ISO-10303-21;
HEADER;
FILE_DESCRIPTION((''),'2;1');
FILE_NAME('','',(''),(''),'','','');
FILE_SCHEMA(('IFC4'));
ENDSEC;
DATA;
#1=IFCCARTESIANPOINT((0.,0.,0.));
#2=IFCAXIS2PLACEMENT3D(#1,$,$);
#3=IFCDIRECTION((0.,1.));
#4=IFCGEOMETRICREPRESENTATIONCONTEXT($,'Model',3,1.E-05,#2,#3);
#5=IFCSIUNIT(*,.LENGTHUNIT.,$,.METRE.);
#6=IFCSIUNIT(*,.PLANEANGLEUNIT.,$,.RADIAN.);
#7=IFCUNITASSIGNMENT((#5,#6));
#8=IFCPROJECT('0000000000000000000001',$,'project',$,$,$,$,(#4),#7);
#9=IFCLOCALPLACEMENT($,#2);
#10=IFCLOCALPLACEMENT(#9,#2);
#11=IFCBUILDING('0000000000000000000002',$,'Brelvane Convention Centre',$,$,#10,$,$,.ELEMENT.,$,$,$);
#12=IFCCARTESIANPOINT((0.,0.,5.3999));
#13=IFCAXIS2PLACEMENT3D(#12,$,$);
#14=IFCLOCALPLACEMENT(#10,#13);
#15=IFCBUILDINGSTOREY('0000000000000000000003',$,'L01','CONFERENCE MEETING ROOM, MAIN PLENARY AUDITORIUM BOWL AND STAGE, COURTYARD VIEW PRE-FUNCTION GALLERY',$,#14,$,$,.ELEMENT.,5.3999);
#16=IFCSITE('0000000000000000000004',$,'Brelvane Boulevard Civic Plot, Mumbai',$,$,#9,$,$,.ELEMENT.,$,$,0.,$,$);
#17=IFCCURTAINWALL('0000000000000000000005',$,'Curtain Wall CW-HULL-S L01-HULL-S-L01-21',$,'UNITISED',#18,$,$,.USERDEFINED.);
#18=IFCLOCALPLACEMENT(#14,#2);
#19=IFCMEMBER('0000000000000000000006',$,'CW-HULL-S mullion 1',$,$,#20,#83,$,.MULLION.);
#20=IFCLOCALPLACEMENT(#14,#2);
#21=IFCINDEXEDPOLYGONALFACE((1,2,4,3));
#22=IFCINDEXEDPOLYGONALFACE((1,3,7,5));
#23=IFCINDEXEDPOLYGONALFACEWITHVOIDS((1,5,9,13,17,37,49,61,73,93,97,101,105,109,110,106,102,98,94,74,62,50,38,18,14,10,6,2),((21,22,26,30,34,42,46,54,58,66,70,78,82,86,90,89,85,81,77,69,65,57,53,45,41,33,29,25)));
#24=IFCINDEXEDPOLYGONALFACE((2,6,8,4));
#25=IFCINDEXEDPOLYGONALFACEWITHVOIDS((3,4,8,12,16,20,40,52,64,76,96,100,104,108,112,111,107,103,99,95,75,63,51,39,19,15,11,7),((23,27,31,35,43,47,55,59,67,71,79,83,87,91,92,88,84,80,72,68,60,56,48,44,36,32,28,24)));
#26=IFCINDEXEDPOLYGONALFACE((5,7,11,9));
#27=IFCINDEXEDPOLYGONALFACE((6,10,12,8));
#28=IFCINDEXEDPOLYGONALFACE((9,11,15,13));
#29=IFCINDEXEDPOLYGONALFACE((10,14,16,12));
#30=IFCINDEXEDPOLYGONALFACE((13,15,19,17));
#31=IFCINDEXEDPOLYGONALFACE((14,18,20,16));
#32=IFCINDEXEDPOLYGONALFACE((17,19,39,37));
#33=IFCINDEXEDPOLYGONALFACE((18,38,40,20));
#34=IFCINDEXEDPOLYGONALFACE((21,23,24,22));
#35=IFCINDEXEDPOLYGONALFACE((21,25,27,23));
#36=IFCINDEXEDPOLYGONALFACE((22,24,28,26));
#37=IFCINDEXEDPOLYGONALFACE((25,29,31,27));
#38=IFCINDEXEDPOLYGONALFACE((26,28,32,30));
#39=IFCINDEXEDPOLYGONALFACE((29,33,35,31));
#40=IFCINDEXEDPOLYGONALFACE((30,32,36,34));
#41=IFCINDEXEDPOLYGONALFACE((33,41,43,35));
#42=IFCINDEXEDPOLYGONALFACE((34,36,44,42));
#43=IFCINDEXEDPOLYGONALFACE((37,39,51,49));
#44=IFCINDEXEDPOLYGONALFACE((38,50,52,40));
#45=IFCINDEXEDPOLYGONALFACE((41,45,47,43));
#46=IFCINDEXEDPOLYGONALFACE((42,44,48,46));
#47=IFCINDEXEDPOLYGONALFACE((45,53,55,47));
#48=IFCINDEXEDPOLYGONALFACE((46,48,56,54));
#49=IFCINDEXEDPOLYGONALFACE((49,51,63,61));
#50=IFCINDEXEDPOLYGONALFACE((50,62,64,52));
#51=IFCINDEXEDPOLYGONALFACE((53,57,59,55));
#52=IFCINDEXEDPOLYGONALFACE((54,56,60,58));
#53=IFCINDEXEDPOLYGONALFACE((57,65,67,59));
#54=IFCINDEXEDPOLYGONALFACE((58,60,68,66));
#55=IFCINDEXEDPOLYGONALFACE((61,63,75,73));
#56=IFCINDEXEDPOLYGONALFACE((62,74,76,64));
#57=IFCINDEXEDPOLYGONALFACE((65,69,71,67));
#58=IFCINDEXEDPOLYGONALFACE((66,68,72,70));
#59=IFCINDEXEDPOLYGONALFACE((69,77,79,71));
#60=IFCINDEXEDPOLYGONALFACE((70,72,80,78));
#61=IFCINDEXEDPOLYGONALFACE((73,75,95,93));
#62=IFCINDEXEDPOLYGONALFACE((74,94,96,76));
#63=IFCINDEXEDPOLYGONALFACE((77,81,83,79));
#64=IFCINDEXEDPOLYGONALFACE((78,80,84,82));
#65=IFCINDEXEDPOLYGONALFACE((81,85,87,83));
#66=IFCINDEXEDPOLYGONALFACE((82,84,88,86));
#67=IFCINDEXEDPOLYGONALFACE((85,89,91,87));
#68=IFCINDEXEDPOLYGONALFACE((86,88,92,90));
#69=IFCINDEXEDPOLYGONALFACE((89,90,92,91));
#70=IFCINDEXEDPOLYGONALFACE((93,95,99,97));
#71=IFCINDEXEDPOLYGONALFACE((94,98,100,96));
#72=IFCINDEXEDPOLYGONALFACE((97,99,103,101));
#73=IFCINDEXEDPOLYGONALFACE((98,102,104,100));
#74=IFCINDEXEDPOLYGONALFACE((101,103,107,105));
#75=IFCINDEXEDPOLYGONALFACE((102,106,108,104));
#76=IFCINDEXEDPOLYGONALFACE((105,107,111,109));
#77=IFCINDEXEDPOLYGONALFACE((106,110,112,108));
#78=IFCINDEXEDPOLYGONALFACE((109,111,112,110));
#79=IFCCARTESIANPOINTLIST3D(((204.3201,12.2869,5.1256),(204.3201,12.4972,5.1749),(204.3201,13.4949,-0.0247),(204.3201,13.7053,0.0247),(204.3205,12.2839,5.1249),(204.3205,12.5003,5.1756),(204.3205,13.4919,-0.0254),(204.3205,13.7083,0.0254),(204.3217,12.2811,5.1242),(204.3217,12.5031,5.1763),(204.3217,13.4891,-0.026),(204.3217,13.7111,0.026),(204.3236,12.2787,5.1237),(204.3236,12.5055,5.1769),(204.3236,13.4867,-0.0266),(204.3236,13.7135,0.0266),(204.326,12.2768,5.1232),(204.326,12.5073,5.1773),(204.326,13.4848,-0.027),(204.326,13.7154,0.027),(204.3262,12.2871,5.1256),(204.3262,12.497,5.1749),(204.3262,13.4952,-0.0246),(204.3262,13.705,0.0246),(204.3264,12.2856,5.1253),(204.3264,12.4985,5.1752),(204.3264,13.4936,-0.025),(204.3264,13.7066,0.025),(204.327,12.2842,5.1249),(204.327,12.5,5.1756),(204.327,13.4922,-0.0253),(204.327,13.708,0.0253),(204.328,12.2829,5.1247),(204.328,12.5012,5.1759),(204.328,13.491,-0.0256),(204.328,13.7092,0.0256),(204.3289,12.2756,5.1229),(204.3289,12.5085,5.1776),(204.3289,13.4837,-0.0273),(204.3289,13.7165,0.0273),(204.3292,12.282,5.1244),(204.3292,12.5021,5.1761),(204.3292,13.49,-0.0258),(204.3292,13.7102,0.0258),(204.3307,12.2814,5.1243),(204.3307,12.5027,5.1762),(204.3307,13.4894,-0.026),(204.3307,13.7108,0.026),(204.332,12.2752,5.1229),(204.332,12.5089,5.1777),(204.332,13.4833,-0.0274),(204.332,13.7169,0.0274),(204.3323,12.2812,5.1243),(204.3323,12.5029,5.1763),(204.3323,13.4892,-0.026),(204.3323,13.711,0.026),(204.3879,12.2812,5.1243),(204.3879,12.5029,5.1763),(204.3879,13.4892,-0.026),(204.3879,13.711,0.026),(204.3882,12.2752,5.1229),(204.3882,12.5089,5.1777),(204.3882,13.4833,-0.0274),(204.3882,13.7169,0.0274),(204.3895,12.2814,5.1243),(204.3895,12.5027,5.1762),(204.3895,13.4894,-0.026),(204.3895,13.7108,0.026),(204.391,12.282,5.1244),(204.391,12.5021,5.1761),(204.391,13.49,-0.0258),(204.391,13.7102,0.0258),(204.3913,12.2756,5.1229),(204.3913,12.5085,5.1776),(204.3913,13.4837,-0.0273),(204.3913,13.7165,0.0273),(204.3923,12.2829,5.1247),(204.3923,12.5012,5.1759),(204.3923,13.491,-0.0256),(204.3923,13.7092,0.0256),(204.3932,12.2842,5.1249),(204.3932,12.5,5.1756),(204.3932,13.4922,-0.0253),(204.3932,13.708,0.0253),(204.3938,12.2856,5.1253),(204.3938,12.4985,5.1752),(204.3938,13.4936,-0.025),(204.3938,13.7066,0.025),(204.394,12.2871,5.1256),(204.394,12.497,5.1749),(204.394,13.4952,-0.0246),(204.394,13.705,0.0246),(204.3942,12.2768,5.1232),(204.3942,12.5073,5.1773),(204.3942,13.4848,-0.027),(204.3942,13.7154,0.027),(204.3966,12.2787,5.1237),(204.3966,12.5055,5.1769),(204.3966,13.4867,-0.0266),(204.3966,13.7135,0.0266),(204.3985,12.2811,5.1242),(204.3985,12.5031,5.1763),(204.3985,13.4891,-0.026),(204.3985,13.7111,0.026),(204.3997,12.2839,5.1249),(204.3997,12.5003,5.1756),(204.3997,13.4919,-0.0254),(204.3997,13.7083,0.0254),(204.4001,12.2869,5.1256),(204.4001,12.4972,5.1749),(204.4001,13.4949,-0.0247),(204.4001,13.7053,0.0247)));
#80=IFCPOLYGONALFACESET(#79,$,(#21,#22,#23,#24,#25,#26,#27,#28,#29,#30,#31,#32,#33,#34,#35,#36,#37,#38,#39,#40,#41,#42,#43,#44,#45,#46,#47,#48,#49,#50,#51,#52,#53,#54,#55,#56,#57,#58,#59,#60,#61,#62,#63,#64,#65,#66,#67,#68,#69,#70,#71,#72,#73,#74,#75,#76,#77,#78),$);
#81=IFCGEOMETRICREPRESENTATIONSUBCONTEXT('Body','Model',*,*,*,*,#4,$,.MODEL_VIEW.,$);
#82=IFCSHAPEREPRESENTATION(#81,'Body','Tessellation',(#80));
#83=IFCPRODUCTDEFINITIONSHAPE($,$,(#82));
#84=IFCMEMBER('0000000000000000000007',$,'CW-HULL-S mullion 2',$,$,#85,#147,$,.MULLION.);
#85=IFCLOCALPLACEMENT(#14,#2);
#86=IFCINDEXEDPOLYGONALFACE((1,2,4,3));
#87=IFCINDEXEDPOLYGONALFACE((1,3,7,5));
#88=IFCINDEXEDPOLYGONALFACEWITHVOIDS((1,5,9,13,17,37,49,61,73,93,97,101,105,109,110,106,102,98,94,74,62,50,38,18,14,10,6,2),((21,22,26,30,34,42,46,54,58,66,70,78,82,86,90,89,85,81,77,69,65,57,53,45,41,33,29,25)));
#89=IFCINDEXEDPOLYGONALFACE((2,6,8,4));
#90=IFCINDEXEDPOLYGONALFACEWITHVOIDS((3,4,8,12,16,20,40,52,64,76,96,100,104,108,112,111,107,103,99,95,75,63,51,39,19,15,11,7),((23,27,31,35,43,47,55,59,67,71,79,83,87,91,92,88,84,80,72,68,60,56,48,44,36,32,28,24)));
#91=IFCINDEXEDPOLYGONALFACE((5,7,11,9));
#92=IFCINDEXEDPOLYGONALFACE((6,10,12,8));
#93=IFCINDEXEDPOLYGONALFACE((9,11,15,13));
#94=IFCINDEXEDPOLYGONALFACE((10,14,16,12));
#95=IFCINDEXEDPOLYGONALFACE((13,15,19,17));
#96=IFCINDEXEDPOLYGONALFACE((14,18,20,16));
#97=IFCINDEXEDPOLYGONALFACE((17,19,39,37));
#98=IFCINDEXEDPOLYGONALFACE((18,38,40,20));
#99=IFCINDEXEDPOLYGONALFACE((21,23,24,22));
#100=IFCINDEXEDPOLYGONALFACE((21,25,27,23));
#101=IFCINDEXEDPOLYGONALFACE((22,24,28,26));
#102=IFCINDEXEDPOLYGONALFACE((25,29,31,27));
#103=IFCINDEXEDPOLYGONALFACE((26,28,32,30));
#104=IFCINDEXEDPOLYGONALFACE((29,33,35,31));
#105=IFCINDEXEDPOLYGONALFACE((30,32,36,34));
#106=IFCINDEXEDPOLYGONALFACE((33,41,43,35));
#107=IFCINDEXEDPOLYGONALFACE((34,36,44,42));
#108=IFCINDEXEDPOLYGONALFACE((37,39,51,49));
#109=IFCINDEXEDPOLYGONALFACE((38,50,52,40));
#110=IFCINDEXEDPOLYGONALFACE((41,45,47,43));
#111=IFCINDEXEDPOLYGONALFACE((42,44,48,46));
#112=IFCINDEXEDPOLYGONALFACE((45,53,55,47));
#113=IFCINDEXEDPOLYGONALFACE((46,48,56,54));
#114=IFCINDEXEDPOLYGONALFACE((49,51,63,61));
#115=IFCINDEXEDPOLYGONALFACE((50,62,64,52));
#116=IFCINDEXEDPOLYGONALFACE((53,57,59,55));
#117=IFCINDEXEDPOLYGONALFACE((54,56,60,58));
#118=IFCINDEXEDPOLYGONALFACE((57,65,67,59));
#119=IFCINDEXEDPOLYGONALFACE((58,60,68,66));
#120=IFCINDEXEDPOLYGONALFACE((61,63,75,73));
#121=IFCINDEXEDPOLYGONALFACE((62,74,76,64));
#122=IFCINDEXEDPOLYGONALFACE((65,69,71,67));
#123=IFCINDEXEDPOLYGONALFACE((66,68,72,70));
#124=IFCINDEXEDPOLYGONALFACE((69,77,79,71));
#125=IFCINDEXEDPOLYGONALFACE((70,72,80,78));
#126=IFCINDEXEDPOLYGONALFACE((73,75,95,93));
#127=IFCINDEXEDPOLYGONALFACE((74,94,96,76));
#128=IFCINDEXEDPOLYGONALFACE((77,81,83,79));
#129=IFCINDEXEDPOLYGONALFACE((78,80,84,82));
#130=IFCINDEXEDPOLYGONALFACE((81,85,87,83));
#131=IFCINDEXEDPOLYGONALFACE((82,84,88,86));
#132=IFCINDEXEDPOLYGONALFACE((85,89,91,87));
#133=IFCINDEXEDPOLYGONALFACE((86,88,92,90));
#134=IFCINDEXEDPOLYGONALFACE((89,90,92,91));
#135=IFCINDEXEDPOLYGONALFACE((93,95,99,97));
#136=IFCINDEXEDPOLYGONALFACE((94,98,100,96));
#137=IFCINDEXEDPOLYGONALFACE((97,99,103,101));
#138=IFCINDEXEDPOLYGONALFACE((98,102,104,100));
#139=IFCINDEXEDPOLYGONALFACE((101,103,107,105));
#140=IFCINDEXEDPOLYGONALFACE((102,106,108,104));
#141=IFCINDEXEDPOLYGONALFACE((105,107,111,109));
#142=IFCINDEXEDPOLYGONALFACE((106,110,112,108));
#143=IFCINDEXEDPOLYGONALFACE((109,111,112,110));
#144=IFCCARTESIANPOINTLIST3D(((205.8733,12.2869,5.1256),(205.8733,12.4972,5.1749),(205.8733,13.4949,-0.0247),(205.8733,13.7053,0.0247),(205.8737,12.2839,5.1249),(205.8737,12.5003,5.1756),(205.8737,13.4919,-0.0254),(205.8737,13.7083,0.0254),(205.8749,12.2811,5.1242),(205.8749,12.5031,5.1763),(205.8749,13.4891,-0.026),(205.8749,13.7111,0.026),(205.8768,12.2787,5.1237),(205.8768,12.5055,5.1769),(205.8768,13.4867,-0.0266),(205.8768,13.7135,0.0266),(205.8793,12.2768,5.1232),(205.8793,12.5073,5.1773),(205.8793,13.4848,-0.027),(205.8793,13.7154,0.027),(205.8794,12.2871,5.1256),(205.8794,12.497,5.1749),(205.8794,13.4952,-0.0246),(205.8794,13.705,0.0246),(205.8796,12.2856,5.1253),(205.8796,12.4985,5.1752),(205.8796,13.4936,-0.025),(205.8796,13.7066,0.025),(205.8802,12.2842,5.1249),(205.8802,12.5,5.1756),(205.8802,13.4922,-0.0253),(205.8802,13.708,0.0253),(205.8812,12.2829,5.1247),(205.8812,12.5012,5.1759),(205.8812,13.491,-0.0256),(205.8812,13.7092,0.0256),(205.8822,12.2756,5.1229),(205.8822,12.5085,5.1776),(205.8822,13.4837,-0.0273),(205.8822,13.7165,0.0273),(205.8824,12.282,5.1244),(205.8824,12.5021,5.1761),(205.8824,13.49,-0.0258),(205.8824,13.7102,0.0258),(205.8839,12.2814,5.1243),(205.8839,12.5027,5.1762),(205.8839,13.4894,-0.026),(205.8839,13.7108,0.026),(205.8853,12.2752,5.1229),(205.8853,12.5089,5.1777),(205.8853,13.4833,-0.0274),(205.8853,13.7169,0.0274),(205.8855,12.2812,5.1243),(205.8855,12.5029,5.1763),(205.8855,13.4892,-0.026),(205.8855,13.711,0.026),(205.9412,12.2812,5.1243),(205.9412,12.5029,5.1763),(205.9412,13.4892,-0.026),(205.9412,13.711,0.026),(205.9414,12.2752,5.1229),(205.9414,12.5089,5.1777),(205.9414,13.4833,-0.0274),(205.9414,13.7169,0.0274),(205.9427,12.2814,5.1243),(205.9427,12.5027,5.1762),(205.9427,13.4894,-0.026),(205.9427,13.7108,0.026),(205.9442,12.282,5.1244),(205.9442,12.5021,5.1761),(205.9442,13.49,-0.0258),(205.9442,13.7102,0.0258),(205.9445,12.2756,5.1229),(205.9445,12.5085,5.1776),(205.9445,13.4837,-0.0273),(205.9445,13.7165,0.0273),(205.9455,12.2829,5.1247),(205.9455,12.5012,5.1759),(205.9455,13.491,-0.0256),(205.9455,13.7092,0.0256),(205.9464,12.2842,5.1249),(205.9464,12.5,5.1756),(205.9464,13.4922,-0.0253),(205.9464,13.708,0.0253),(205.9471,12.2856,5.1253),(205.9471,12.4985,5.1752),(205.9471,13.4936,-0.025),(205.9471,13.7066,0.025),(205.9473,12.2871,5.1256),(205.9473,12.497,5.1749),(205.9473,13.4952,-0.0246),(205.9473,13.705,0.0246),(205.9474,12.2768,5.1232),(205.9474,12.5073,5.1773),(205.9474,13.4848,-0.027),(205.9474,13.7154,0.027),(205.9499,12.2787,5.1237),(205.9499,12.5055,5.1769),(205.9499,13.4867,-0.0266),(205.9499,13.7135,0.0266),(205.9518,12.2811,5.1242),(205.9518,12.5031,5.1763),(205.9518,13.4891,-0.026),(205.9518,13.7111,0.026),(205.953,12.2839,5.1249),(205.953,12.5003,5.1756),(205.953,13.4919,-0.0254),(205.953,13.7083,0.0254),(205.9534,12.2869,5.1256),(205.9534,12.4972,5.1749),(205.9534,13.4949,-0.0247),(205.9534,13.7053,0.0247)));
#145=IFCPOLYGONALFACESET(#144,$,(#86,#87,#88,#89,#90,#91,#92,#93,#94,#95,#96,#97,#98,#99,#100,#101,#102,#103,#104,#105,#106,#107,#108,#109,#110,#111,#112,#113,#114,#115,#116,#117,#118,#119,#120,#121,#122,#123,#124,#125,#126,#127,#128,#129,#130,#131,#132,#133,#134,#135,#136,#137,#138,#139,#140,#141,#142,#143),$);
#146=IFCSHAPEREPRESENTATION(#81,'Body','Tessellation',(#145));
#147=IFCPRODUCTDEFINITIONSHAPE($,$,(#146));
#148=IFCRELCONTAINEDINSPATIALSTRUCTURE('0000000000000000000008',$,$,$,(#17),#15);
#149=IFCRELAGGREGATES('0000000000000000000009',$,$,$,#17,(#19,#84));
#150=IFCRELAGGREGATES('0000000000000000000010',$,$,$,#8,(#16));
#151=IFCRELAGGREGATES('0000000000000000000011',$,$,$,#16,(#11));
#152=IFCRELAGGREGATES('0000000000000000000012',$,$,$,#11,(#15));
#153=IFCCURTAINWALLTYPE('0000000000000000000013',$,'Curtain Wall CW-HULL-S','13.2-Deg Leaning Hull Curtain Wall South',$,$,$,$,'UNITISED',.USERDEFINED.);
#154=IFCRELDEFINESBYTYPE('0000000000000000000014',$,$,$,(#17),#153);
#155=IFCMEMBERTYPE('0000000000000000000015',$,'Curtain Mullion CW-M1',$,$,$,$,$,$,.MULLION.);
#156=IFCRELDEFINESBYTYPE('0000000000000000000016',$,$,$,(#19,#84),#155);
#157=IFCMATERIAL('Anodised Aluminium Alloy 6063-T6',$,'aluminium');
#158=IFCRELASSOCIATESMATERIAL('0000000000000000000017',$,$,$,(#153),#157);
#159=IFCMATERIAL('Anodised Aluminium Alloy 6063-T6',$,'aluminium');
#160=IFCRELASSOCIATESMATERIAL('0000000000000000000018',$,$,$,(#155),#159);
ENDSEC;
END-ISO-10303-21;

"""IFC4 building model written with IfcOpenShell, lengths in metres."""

from ifc_helpers import new_model, si_unit, direction, frame, origin, origin_2d, place, context, subcontext, project, spatial, hollow_rectangle, extrude, material, material_profile, profile_set, type_object, element, aggregate, save


model = new_model("IFC4")

# Units and contexts
model_context = context("Model", 3, precision=1e-05, world=origin(), true_north=direction((0.0, 1.0)))
body_context = subcontext(model_context, "Body", "Model", "MODEL_VIEW")
ifc_project = project(units=[si_unit("LENGTHUNIT", "METRE"), si_unit("PLANEANGLEUNIT", "RADIAN")], contexts=[model_context])

# Site, building, storey
site_placement = place(None, origin())
site = spatial("IfcSite", under=ifc_project, at=site_placement, Name="Brelvane Boulevard Civic Plot, Mumbai", CompositionType="ELEMENT", RefElevation=0.0)
building_placement = place(site_placement, origin())
building = spatial("IfcBuilding", under=site, at=building_placement, Name="Brelvane Convention Centre", CompositionType="ELEMENT")
storey_placement = place(building_placement, frame((0.0, 0.0, 5.3999)))
storey = spatial("IfcBuildingStorey", under=building, at=storey_placement, Name="L01", Description="CONFERENCE MEETING ROOM, MAIN PLENARY AUDITORIUM BOWL AND STAGE, COURTYARD VIEW PRE-FUNCTION GALLERY", CompositionType="ELEMENT", Elevation=5.3999)

# Curtain wall, members
ifc_material_1 = material(Name="Anodised Aluminium Alloy 6063-T6", Category="aluminium")
curtain_wall_type = type_object("IfcCurtainWallType", Name="Curtain Wall CW-HULL-S", Description="13.2-Deg Leaning Hull Curtain Wall South", ElementType="UNITISED", PredefinedType="USERDEFINED", material=ifc_material_1)
ifc_material_2 = material(Name="Anodised Aluminium Alloy 6063-T6", Category="aluminium")
ifc_material_profile_1 = material_profile(ifc_material_2, hollow_rectangle(XDim=0.0801, YDim=0.24, WallThickness=0.0061, InnerFilletRadius=0.0061, OuterFilletRadius=0.012, at=origin_2d()), Name="ALU-M 240x80x6.0")
ifc_profile_set_1 = profile_set([ifc_material_profile_1], Name="Anodised Aluminium Alloy 6063-T6")
member_type_1 = type_object("IfcMemberType", Name="Curtain Mullion CW-M1", PredefinedType="MULLION", material=ifc_profile_set_1)
curtain_wall_1_placement = place(storey_placement, origin())
curtain_wall_1 = element("IfcCurtainWall", 1, at=curtain_wall_1_placement, inside=storey, type_object=curtain_wall_type, Name="Curtain Wall CW-HULL-S L01-HULL-S-L01-21", ObjectType="UNITISED", PredefinedType="USERDEFINED")
member_1_placement = place(storey_placement, frame((204.3601, 13.6001, 0.0), z_axis=(0.0, -0.22836, 0.973577), x_axis=(1.0, 0.0, 0.0)))
member_1 = element("IfcMember", 2, at=member_1_placement, type_object=member_type_1, Name="CW-HULL-S mullion 1", PredefinedType="MULLION", context=body_context, shape_type="SweptSolid", body=[
    extrude(hollow_rectangle(XDim=0.0801, YDim=0.24, WallThickness=0.0061, InnerFilletRadius=0.0061, OuterFilletRadius=0.012, at=origin_2d()), origin(), (0.0, 0.0, 1.0), 5.29),
])
member_2_placement = place(storey_placement, frame((205.9133, 13.6001, 0.0), z_axis=(0.0, -0.22836, 0.973577), x_axis=(1.0, 0.0, 0.0)))
member_2 = element("IfcMember", 3, at=member_2_placement, type_object=member_type_1, Name="CW-HULL-S mullion 2", PredefinedType="MULLION", context=body_context, shape_type="SweptSolid", body=[
    extrude(hollow_rectangle(XDim=0.0801, YDim=0.24, WallThickness=0.0061, InnerFilletRadius=0.0061, OuterFilletRadius=0.012, at=origin_2d()), origin(), (0.0, 0.0, 1.0), 5.29),
])

aggregate(curtain_wall_1, [member_1, member_2])

save(model, "model.ifc")
